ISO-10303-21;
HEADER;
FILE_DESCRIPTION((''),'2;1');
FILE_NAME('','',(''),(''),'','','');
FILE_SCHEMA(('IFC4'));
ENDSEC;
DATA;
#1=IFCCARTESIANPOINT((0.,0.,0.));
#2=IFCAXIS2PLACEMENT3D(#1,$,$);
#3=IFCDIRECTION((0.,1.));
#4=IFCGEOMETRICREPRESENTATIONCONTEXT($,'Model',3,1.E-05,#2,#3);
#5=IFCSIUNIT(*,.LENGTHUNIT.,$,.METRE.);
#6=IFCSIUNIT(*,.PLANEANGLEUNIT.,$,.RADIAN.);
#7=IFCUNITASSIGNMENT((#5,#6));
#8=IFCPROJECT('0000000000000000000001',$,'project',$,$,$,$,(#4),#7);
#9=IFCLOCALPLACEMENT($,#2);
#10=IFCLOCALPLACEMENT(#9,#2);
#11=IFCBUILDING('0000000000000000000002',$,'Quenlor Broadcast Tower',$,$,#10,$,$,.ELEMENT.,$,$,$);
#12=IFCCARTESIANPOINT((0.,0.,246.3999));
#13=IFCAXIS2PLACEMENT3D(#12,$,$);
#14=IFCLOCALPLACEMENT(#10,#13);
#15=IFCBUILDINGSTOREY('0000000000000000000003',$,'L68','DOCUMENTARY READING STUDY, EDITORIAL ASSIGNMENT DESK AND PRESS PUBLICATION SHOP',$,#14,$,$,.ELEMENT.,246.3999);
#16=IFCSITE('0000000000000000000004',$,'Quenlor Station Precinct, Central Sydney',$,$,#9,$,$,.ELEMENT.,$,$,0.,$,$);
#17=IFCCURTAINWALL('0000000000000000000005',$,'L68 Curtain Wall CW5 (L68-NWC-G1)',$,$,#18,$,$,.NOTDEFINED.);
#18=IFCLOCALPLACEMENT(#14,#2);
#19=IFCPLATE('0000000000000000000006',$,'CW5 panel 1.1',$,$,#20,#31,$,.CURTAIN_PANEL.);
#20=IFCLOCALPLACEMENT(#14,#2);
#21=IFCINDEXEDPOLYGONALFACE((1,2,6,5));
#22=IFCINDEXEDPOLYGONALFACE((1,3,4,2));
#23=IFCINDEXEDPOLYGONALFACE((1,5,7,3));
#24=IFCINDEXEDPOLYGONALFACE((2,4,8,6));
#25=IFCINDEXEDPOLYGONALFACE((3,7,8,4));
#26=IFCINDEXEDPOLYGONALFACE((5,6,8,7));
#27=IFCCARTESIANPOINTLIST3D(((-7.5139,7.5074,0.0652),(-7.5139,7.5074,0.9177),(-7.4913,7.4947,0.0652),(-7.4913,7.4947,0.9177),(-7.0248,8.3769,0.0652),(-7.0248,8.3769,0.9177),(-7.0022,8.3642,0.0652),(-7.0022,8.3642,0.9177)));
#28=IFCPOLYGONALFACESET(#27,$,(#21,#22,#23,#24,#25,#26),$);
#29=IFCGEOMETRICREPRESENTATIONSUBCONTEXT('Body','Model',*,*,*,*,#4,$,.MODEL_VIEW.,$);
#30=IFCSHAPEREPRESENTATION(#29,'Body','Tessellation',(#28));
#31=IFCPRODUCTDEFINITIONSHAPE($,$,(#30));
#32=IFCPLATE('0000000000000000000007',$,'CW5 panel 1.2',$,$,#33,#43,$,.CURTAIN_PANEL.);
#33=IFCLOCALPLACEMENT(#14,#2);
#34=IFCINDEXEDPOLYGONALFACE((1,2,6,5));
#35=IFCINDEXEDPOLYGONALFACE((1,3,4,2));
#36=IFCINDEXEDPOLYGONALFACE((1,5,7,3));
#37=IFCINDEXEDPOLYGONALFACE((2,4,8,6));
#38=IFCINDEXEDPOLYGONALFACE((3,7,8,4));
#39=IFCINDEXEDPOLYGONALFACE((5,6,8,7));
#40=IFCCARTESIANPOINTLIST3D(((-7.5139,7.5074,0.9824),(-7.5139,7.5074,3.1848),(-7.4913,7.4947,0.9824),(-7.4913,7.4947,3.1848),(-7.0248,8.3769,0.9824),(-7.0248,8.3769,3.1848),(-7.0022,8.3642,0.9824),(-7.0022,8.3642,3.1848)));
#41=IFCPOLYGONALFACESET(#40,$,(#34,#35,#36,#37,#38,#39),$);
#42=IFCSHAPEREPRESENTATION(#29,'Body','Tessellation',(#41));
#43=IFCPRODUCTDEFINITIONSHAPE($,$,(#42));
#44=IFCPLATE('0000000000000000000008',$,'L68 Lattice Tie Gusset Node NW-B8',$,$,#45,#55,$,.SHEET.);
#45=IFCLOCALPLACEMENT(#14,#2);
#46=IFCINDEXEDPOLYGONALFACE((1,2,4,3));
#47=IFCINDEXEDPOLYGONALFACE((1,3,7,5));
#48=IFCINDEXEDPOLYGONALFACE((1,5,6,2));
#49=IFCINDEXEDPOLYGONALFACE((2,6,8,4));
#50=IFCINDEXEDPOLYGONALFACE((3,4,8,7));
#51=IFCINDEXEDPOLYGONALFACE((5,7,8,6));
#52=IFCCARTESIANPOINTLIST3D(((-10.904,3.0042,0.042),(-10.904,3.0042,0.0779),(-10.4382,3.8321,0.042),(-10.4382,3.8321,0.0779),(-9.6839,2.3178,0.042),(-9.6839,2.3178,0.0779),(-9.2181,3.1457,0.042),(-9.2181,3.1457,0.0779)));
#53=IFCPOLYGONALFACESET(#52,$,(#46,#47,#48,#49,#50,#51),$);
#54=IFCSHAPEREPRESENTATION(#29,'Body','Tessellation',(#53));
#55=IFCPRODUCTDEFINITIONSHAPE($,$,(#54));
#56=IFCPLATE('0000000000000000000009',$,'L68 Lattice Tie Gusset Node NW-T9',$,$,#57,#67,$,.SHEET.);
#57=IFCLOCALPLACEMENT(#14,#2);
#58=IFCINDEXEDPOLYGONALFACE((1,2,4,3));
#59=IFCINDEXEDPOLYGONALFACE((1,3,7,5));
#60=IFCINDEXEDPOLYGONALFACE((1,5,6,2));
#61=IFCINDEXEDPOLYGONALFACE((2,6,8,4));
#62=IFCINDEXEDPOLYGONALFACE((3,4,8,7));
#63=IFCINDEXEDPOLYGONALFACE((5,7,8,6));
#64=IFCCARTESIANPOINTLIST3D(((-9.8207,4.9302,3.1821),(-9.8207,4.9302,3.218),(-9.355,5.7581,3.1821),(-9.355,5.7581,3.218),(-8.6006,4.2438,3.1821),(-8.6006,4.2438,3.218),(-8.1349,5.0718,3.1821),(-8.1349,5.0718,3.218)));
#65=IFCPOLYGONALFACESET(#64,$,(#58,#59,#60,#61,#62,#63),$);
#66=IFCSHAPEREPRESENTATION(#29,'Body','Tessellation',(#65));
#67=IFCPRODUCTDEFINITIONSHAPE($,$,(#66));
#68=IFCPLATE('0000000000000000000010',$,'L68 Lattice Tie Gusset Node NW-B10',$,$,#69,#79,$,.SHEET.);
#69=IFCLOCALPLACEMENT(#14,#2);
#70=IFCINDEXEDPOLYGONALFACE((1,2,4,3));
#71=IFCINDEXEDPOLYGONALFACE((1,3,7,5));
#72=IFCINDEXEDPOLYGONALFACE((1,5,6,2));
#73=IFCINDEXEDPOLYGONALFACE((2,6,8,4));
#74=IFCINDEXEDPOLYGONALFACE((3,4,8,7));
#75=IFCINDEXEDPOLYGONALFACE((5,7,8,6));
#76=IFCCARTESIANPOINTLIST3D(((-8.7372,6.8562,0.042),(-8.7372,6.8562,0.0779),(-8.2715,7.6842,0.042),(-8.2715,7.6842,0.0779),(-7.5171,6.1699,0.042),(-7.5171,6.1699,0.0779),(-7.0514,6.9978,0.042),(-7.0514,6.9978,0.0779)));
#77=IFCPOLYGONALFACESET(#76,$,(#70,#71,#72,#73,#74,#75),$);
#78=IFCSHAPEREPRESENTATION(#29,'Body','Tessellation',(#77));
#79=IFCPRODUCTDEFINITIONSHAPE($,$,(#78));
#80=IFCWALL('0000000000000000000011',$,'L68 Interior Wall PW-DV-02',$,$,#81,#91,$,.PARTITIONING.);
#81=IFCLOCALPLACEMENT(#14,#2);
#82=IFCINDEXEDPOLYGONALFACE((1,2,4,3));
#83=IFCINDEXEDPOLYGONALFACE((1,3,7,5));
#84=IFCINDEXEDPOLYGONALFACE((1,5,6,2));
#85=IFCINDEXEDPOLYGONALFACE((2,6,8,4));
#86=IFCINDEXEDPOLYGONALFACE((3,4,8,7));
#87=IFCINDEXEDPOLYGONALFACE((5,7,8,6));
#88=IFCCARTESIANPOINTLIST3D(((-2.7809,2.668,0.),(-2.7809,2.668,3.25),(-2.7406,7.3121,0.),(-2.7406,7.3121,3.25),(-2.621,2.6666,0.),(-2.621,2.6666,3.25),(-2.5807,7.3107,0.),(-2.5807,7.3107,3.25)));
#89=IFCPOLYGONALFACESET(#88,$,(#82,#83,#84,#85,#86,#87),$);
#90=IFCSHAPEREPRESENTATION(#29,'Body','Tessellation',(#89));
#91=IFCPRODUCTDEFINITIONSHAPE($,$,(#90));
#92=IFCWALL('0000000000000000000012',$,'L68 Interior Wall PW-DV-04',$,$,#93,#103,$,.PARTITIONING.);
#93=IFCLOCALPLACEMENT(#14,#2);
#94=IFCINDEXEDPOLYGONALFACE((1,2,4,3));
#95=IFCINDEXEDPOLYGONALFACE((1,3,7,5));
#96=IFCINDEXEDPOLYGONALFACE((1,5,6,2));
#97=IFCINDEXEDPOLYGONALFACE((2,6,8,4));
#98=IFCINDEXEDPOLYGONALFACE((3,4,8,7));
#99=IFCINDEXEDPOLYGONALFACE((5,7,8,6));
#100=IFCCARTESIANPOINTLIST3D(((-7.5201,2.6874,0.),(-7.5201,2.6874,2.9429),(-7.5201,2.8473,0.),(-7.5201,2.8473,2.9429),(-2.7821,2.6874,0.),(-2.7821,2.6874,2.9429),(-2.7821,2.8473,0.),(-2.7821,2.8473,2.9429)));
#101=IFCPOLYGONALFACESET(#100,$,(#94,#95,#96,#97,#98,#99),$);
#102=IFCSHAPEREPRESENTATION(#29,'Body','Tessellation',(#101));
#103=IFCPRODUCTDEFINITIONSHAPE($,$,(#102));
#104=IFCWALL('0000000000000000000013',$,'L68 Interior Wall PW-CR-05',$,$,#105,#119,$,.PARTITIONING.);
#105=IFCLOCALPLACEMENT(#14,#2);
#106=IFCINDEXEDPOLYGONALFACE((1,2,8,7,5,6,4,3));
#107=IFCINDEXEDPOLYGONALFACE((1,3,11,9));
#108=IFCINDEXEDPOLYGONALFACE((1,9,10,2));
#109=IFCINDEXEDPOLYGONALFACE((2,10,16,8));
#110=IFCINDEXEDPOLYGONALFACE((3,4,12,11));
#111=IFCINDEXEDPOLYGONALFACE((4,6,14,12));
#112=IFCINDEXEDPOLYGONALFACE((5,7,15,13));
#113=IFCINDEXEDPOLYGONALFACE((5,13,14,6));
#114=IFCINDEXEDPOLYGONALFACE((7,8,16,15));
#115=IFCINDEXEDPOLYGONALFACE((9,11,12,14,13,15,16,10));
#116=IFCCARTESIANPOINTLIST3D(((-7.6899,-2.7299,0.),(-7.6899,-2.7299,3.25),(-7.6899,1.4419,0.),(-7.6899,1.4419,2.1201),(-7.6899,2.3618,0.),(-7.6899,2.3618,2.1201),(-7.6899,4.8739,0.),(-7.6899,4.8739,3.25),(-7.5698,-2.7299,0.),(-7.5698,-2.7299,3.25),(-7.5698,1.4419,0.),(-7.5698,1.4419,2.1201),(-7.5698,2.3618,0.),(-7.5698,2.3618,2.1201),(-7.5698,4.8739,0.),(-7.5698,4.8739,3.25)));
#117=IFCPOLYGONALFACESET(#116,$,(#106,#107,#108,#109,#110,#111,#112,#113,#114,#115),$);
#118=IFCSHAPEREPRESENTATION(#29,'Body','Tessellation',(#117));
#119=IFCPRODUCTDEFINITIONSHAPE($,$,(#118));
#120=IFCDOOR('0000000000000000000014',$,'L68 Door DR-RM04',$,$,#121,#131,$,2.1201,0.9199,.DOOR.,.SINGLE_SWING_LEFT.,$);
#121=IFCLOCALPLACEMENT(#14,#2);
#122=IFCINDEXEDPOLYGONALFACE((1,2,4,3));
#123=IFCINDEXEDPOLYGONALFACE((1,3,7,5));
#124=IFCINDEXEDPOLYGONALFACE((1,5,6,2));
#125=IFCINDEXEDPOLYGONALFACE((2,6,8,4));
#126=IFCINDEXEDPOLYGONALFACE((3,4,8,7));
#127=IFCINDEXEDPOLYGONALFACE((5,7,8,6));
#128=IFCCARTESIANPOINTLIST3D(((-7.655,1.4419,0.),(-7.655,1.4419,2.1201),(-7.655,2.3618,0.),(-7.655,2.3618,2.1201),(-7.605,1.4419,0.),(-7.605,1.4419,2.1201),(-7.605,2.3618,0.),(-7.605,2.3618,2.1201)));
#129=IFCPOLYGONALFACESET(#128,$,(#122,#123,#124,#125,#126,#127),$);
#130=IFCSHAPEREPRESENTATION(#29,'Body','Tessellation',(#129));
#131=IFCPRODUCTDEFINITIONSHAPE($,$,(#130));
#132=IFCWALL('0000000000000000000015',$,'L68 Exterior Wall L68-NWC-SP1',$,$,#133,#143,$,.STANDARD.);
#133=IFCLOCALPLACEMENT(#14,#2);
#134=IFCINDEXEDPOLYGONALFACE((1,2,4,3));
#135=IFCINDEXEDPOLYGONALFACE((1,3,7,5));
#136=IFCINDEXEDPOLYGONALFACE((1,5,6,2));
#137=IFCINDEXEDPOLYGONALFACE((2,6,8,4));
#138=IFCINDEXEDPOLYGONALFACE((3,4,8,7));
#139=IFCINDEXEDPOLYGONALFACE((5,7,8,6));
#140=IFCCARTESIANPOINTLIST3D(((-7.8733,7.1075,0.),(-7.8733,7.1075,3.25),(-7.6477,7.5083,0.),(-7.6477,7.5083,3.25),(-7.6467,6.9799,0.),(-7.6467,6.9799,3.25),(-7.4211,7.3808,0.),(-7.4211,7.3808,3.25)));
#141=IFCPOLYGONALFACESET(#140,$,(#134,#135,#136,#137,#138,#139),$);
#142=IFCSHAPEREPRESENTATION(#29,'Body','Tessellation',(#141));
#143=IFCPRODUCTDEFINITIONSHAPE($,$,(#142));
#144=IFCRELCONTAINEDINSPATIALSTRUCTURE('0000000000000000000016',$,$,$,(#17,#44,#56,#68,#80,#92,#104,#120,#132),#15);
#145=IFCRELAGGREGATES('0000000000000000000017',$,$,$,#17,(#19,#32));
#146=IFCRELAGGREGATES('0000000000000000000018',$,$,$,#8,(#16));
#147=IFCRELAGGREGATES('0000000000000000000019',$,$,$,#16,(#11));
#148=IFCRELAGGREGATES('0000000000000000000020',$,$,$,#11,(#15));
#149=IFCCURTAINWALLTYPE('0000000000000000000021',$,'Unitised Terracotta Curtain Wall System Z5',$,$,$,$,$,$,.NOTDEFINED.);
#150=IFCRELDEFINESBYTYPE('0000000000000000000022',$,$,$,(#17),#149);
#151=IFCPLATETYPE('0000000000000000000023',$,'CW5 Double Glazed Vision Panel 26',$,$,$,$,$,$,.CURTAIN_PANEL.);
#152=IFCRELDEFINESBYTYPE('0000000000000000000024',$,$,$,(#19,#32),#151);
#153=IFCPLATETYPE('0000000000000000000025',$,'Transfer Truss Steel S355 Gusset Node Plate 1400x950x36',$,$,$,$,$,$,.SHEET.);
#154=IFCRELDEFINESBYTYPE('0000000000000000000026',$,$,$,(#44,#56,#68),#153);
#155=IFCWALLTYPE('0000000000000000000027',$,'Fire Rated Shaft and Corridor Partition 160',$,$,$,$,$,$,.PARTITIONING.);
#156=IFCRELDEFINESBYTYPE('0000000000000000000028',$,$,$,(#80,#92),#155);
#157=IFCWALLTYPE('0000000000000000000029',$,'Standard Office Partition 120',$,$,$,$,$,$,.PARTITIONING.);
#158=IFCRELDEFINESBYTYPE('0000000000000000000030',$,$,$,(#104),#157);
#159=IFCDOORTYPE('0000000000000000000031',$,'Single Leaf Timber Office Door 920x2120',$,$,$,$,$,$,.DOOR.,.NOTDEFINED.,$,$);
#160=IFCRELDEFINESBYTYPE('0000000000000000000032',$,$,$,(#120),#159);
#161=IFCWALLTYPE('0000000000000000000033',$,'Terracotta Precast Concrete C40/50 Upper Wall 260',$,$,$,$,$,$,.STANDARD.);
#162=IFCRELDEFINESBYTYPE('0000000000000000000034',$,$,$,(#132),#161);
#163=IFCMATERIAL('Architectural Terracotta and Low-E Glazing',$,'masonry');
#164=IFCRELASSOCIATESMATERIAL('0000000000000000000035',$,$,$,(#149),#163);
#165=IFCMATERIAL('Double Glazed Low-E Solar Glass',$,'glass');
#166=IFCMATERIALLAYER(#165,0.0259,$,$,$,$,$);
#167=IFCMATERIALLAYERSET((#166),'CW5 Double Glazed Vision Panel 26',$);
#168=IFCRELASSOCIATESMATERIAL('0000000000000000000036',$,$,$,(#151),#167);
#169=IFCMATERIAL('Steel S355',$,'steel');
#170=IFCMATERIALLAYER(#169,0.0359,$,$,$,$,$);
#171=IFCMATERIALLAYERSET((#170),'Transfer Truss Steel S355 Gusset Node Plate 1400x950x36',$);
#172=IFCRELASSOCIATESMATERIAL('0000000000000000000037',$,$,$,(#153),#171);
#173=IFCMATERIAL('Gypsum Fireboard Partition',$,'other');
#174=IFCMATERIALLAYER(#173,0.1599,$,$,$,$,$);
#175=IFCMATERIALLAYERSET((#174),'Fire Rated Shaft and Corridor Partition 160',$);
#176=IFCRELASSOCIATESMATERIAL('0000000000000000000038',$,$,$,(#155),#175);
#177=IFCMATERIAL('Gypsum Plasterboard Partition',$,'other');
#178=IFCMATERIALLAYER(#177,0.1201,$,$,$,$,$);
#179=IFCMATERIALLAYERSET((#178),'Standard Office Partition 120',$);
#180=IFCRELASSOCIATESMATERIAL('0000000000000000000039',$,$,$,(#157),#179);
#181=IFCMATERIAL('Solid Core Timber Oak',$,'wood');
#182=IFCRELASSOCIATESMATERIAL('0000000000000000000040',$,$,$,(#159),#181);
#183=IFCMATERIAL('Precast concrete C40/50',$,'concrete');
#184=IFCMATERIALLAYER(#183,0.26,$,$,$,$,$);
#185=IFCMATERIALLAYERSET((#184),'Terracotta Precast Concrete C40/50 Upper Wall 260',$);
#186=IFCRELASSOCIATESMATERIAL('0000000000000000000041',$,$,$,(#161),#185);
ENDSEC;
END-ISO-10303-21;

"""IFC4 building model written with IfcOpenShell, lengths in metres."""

from ifc_helpers import new_model, si_unit, direction, frame, frame_2d, origin, origin_2d, place, context, subcontext, project, spatial, rectangle, extrude, material, layer, layer_set, type_object, element, fill, aggregate, save


model = new_model("IFC4")

# Units and contexts
model_context = context("Model", 3, precision=1e-05, world=origin(), true_north=direction((0.0, 1.0)))
body_context = subcontext(model_context, "Body", "Model", "MODEL_VIEW")
ifc_project = project(units=[si_unit("LENGTHUNIT", "METRE"), si_unit("PLANEANGLEUNIT", "RADIAN")], contexts=[model_context])

# Site, building, storey
site_placement = place(None, origin())
site = spatial("IfcSite", under=ifc_project, at=site_placement, Name="Quenlor Station Precinct, Central Sydney", CompositionType="ELEMENT", RefElevation=0.0)
building_placement = place(site_placement, origin())
building = spatial("IfcBuilding", under=site, at=building_placement, Name="Quenlor Broadcast Tower", CompositionType="ELEMENT")
storey_placement = place(building_placement, frame((0.0, 0.0, 246.3999)))
storey = spatial("IfcBuildingStorey", under=building, at=storey_placement, Name="L68", Description="DOCUMENTARY READING STUDY, EDITORIAL ASSIGNMENT DESK AND PRESS PUBLICATION SHOP", CompositionType="ELEMENT", Elevation=246.3999)

# Curtain wall
ifc_material_1 = material(Name="Architectural Terracotta and Low-E Glazing", Category="masonry")
curtain_wall_type = type_object("IfcCurtainWallType", Name="Unitised Terracotta Curtain Wall System Z5", PredefinedType="NOTDEFINED", material=ifc_material_1)
curtain_wall_placement = place(storey_placement, origin())
curtain_wall = element("IfcCurtainWall", 1, at=curtain_wall_placement, inside=storey, type_object=curtain_wall_type, Name="L68 Curtain Wall CW5 (L68-NWC-G1)", PredefinedType="NOTDEFINED")

# Plates
ifc_material_2 = material(Name="Double Glazed Low-E Solar Glass", Category="glass")
ifc_layer_1 = layer(ifc_material_2, 0.0259)
ifc_layer_set_1 = layer_set([ifc_layer_1], Name="CW5 Double Glazed Vision Panel 26")
plate_type_1 = type_object("IfcPlateType", Name="CW5 Double Glazed Vision Panel 26", PredefinedType="CURTAIN_PANEL", material=ifc_layer_set_1)
plate_1_placement = place(storey_placement, frame((-7.2581, 7.9358, 0.0652), z_axis=(0.0, 0.0, 1.0), x_axis=(0.490282, 0.871564, 0.0)))
plate_1 = element("IfcPlate", 2, at=plate_1_placement, type_object=plate_type_1, Name="CW5 panel 1.1", PredefinedType="CURTAIN_PANEL", context=body_context, shape_type="SweptSolid", body=[
    extrude(rectangle(XDim=0.9976, YDim=0.0259, at=origin_2d()), origin(), (0.0, 0.0, 1.0), 0.8525),
])
plate_2_placement = place(storey_placement, frame((-7.2581, 7.9358, 0.9824), z_axis=(0.0, 0.0, 1.0), x_axis=(0.490282, 0.871564, 0.0)))
plate_2 = element("IfcPlate", 3, at=plate_2_placement, type_object=plate_type_1, Name="CW5 panel 1.2", PredefinedType="CURTAIN_PANEL", context=body_context, shape_type="SweptSolid", body=[
    extrude(rectangle(XDim=0.9976, YDim=0.0259, at=origin_2d()), origin(), (0.0, 0.0, 1.0), 2.2024),
])
aggregate(curtain_wall, [plate_1, plate_2])

# Plates
ifc_material_3 = material(Name="Steel S355", Category="steel")
ifc_layer_2 = layer(ifc_material_3, 0.0359)
ifc_layer_set_2 = layer_set([ifc_layer_2], Name="Transfer Truss Steel S355 Gusset Node Plate 1400x950x36")
plate_type_2 = type_object("IfcPlateType", Name="Transfer Truss Steel S355 Gusset Node Plate 1400x950x36", PredefinedType="SHEET", material=ifc_layer_set_2)
for number, where, z_axis, x_axis, name in (
    (4, (-10.061, 3.075, 0.042), (0.0, 0.0, 1.0), (-0.871556, 0.490295, 0.0), "L68 Lattice Tie Gusset Node NW-B8"),
    (5, (-8.9778, 5.001, 3.1821), (0.0, 0.0, 1.0), (-0.871556, 0.490295, 0.0), "L68 Lattice Tie Gusset Node NW-T9"),
    (6, (-7.8943, 6.927, 0.042), (0.0, 0.0, 1.0), (-0.871556, 0.490295, 0.0), "L68 Lattice Tie Gusset Node NW-B10"),
):
    element("IfcPlate", number, at=place(storey_placement, frame(where, z_axis=z_axis, x_axis=x_axis)), inside=storey, type_object=plate_type_2, Name=name, PredefinedType="SHEET", context=body_context, shape_type="SweptSolid", body=[
        extrude(rectangle(XDim=1.3999, YDim=0.95, at=origin_2d()), origin(), (0.0, 0.0, 1.0), 0.0359),
    ])

# Walls
ifc_material_4 = material(Name="Gypsum Fireboard Partition", Category="other")
ifc_layer_3 = layer(ifc_material_4, 0.1599)
ifc_layer_set_3 = layer_set([ifc_layer_3], Name="Fire Rated Shaft and Corridor Partition 160")
wall_type_1 = type_object("IfcWallType", Name="Fire Rated Shaft and Corridor Partition 160", PredefinedType="PARTITIONING", material=ifc_layer_set_3)
wall_1_placement = place(storey_placement, frame((-2.6606, 7.3115, 0.0), z_axis=(0.0, 0.0, 1.0), x_axis=(-0.008674, -0.999962, 0.0)))
element("IfcWall", 7, at=wall_1_placement, inside=storey, type_object=wall_type_1, Name="L68 Interior Wall PW-DV-02", PredefinedType="PARTITIONING", context=body_context, shape_type="SweptSolid", body=[
    extrude(rectangle(XDim=4.6443, YDim=0.1599, at=frame_2d((2.3223, 0.0))), origin(), (0.0, 0.0, 1.0), 3.25),
])
wall_2_placement = place(storey_placement, frame((-2.782, 2.7673, 0.0), z_axis=(0.0, 0.0, 1.0), x_axis=(-1.0, 0.0, 0.0)))
element("IfcWall", 8, at=wall_2_placement, inside=storey, type_object=wall_type_1, Name="L68 Interior Wall PW-DV-04", PredefinedType="PARTITIONING", context=body_context, shape_type="SweptSolid", body=[
    extrude(rectangle(XDim=4.738, YDim=0.1599, at=frame_2d((2.3691, 0.0))), origin(), (0.0, 0.0, 1.0), 2.9429),
])

# Wall, opening, door
ifc_material_5 = material(Name="Gypsum Plasterboard Partition", Category="other")
ifc_layer_4 = layer(ifc_material_5, 0.1201)
ifc_layer_set_4 = layer_set([ifc_layer_4], Name="Standard Office Partition 120")
wall_type_2 = type_object("IfcWallType", Name="Standard Office Partition 120", PredefinedType="PARTITIONING", material=ifc_layer_set_4)
wall_3_placement = place(storey_placement, frame((-7.6299, 4.8738, 0.0), z_axis=(0.0, 0.0, 1.0), x_axis=(0.0, -1.0, 0.0)))
wall_3 = element("IfcWall", 9, at=wall_3_placement, inside=storey, type_object=wall_type_2, Name="L68 Interior Wall PW-CR-05", PredefinedType="PARTITIONING", context=body_context, shape_type="SweptSolid", body=[
    extrude(rectangle(XDim=7.6038, YDim=0.1201, at=frame_2d((3.8018, 0.0))), origin(), (0.0, 0.0, 1.0), 3.25),
])
opening_placement = place(wall_3_placement, frame((2.512, 0.0, 0.0)))
opening = element("IfcOpeningElement", 10, at=opening_placement, cuts=wall_3, PredefinedType="OPENING", context=body_context, shape_type="SweptSolid", body=[
    extrude(rectangle(XDim=0.9199, YDim=2.1201, at=frame_2d((0.46, 1.0601))), frame((0.0, 0.0701, 0.0), z_axis=(0.0, -1.0, 0.0), x_axis=(1.0, 0.0, 0.0)), (0.0, 0.0, 1.0), 0.1401),
])
ifc_material_6 = material(Name="Solid Core Timber Oak", Category="wood")
door_type = type_object("IfcDoorType", Name="Single Leaf Timber Office Door 920x2120", OperationType="NOTDEFINED", PredefinedType="DOOR", material=ifc_material_6)
door_placement = place(opening_placement, origin())
door = element("IfcDoor", 11, at=door_placement, inside=storey, type_object=door_type, Name="L68 Door DR-RM04", OperationType="SINGLE_SWING_LEFT", OverallHeight=2.1201, OverallWidth=0.9199, PredefinedType="DOOR", context=body_context, shape_type="SweptSolid", body=[
    extrude(rectangle(XDim=0.9199, YDim=2.1201, at=frame_2d((0.46, 1.0601))), frame((0.0, 0.0249, 0.0), z_axis=(0.0, -1.0, 0.0), x_axis=(1.0, 0.0, 0.0)), (0.0, 0.0, 1.0), 0.05),
])
fill(opening, door)

# Wall
ifc_material_7 = material(Name="Precast concrete C40/50", Category="concrete")
ifc_layer_5 = layer(ifc_material_7, 0.26)
ifc_layer_set_5 = layer_set([ifc_layer_5], Name="Terracotta Precast Concrete C40/50 Upper Wall 260")
wall_type_3 = type_object("IfcWallType", Name="Terracotta Precast Concrete C40/50 Upper Wall 260", PredefinedType="STANDARD", material=ifc_layer_set_5)
wall_4_placement = place(storey_placement, frame((-7.76, 7.0437, 0.0), z_axis=(0.0, 0.0, 1.0), x_axis=(0.490412, 0.87149, 0.0)))
element("IfcWall", 12, at=wall_4_placement, inside=storey, type_object=wall_type_3, Name="L68 Exterior Wall L68-NWC-SP1", PredefinedType="STANDARD", context=body_context, shape_type="SweptSolid", body=[
    extrude(rectangle(XDim=0.46, YDim=0.26, at=frame_2d((0.23, 0.0))), origin(), (0.0, 0.0, 1.0), 3.25),
])

save(model, "model.ifc")
